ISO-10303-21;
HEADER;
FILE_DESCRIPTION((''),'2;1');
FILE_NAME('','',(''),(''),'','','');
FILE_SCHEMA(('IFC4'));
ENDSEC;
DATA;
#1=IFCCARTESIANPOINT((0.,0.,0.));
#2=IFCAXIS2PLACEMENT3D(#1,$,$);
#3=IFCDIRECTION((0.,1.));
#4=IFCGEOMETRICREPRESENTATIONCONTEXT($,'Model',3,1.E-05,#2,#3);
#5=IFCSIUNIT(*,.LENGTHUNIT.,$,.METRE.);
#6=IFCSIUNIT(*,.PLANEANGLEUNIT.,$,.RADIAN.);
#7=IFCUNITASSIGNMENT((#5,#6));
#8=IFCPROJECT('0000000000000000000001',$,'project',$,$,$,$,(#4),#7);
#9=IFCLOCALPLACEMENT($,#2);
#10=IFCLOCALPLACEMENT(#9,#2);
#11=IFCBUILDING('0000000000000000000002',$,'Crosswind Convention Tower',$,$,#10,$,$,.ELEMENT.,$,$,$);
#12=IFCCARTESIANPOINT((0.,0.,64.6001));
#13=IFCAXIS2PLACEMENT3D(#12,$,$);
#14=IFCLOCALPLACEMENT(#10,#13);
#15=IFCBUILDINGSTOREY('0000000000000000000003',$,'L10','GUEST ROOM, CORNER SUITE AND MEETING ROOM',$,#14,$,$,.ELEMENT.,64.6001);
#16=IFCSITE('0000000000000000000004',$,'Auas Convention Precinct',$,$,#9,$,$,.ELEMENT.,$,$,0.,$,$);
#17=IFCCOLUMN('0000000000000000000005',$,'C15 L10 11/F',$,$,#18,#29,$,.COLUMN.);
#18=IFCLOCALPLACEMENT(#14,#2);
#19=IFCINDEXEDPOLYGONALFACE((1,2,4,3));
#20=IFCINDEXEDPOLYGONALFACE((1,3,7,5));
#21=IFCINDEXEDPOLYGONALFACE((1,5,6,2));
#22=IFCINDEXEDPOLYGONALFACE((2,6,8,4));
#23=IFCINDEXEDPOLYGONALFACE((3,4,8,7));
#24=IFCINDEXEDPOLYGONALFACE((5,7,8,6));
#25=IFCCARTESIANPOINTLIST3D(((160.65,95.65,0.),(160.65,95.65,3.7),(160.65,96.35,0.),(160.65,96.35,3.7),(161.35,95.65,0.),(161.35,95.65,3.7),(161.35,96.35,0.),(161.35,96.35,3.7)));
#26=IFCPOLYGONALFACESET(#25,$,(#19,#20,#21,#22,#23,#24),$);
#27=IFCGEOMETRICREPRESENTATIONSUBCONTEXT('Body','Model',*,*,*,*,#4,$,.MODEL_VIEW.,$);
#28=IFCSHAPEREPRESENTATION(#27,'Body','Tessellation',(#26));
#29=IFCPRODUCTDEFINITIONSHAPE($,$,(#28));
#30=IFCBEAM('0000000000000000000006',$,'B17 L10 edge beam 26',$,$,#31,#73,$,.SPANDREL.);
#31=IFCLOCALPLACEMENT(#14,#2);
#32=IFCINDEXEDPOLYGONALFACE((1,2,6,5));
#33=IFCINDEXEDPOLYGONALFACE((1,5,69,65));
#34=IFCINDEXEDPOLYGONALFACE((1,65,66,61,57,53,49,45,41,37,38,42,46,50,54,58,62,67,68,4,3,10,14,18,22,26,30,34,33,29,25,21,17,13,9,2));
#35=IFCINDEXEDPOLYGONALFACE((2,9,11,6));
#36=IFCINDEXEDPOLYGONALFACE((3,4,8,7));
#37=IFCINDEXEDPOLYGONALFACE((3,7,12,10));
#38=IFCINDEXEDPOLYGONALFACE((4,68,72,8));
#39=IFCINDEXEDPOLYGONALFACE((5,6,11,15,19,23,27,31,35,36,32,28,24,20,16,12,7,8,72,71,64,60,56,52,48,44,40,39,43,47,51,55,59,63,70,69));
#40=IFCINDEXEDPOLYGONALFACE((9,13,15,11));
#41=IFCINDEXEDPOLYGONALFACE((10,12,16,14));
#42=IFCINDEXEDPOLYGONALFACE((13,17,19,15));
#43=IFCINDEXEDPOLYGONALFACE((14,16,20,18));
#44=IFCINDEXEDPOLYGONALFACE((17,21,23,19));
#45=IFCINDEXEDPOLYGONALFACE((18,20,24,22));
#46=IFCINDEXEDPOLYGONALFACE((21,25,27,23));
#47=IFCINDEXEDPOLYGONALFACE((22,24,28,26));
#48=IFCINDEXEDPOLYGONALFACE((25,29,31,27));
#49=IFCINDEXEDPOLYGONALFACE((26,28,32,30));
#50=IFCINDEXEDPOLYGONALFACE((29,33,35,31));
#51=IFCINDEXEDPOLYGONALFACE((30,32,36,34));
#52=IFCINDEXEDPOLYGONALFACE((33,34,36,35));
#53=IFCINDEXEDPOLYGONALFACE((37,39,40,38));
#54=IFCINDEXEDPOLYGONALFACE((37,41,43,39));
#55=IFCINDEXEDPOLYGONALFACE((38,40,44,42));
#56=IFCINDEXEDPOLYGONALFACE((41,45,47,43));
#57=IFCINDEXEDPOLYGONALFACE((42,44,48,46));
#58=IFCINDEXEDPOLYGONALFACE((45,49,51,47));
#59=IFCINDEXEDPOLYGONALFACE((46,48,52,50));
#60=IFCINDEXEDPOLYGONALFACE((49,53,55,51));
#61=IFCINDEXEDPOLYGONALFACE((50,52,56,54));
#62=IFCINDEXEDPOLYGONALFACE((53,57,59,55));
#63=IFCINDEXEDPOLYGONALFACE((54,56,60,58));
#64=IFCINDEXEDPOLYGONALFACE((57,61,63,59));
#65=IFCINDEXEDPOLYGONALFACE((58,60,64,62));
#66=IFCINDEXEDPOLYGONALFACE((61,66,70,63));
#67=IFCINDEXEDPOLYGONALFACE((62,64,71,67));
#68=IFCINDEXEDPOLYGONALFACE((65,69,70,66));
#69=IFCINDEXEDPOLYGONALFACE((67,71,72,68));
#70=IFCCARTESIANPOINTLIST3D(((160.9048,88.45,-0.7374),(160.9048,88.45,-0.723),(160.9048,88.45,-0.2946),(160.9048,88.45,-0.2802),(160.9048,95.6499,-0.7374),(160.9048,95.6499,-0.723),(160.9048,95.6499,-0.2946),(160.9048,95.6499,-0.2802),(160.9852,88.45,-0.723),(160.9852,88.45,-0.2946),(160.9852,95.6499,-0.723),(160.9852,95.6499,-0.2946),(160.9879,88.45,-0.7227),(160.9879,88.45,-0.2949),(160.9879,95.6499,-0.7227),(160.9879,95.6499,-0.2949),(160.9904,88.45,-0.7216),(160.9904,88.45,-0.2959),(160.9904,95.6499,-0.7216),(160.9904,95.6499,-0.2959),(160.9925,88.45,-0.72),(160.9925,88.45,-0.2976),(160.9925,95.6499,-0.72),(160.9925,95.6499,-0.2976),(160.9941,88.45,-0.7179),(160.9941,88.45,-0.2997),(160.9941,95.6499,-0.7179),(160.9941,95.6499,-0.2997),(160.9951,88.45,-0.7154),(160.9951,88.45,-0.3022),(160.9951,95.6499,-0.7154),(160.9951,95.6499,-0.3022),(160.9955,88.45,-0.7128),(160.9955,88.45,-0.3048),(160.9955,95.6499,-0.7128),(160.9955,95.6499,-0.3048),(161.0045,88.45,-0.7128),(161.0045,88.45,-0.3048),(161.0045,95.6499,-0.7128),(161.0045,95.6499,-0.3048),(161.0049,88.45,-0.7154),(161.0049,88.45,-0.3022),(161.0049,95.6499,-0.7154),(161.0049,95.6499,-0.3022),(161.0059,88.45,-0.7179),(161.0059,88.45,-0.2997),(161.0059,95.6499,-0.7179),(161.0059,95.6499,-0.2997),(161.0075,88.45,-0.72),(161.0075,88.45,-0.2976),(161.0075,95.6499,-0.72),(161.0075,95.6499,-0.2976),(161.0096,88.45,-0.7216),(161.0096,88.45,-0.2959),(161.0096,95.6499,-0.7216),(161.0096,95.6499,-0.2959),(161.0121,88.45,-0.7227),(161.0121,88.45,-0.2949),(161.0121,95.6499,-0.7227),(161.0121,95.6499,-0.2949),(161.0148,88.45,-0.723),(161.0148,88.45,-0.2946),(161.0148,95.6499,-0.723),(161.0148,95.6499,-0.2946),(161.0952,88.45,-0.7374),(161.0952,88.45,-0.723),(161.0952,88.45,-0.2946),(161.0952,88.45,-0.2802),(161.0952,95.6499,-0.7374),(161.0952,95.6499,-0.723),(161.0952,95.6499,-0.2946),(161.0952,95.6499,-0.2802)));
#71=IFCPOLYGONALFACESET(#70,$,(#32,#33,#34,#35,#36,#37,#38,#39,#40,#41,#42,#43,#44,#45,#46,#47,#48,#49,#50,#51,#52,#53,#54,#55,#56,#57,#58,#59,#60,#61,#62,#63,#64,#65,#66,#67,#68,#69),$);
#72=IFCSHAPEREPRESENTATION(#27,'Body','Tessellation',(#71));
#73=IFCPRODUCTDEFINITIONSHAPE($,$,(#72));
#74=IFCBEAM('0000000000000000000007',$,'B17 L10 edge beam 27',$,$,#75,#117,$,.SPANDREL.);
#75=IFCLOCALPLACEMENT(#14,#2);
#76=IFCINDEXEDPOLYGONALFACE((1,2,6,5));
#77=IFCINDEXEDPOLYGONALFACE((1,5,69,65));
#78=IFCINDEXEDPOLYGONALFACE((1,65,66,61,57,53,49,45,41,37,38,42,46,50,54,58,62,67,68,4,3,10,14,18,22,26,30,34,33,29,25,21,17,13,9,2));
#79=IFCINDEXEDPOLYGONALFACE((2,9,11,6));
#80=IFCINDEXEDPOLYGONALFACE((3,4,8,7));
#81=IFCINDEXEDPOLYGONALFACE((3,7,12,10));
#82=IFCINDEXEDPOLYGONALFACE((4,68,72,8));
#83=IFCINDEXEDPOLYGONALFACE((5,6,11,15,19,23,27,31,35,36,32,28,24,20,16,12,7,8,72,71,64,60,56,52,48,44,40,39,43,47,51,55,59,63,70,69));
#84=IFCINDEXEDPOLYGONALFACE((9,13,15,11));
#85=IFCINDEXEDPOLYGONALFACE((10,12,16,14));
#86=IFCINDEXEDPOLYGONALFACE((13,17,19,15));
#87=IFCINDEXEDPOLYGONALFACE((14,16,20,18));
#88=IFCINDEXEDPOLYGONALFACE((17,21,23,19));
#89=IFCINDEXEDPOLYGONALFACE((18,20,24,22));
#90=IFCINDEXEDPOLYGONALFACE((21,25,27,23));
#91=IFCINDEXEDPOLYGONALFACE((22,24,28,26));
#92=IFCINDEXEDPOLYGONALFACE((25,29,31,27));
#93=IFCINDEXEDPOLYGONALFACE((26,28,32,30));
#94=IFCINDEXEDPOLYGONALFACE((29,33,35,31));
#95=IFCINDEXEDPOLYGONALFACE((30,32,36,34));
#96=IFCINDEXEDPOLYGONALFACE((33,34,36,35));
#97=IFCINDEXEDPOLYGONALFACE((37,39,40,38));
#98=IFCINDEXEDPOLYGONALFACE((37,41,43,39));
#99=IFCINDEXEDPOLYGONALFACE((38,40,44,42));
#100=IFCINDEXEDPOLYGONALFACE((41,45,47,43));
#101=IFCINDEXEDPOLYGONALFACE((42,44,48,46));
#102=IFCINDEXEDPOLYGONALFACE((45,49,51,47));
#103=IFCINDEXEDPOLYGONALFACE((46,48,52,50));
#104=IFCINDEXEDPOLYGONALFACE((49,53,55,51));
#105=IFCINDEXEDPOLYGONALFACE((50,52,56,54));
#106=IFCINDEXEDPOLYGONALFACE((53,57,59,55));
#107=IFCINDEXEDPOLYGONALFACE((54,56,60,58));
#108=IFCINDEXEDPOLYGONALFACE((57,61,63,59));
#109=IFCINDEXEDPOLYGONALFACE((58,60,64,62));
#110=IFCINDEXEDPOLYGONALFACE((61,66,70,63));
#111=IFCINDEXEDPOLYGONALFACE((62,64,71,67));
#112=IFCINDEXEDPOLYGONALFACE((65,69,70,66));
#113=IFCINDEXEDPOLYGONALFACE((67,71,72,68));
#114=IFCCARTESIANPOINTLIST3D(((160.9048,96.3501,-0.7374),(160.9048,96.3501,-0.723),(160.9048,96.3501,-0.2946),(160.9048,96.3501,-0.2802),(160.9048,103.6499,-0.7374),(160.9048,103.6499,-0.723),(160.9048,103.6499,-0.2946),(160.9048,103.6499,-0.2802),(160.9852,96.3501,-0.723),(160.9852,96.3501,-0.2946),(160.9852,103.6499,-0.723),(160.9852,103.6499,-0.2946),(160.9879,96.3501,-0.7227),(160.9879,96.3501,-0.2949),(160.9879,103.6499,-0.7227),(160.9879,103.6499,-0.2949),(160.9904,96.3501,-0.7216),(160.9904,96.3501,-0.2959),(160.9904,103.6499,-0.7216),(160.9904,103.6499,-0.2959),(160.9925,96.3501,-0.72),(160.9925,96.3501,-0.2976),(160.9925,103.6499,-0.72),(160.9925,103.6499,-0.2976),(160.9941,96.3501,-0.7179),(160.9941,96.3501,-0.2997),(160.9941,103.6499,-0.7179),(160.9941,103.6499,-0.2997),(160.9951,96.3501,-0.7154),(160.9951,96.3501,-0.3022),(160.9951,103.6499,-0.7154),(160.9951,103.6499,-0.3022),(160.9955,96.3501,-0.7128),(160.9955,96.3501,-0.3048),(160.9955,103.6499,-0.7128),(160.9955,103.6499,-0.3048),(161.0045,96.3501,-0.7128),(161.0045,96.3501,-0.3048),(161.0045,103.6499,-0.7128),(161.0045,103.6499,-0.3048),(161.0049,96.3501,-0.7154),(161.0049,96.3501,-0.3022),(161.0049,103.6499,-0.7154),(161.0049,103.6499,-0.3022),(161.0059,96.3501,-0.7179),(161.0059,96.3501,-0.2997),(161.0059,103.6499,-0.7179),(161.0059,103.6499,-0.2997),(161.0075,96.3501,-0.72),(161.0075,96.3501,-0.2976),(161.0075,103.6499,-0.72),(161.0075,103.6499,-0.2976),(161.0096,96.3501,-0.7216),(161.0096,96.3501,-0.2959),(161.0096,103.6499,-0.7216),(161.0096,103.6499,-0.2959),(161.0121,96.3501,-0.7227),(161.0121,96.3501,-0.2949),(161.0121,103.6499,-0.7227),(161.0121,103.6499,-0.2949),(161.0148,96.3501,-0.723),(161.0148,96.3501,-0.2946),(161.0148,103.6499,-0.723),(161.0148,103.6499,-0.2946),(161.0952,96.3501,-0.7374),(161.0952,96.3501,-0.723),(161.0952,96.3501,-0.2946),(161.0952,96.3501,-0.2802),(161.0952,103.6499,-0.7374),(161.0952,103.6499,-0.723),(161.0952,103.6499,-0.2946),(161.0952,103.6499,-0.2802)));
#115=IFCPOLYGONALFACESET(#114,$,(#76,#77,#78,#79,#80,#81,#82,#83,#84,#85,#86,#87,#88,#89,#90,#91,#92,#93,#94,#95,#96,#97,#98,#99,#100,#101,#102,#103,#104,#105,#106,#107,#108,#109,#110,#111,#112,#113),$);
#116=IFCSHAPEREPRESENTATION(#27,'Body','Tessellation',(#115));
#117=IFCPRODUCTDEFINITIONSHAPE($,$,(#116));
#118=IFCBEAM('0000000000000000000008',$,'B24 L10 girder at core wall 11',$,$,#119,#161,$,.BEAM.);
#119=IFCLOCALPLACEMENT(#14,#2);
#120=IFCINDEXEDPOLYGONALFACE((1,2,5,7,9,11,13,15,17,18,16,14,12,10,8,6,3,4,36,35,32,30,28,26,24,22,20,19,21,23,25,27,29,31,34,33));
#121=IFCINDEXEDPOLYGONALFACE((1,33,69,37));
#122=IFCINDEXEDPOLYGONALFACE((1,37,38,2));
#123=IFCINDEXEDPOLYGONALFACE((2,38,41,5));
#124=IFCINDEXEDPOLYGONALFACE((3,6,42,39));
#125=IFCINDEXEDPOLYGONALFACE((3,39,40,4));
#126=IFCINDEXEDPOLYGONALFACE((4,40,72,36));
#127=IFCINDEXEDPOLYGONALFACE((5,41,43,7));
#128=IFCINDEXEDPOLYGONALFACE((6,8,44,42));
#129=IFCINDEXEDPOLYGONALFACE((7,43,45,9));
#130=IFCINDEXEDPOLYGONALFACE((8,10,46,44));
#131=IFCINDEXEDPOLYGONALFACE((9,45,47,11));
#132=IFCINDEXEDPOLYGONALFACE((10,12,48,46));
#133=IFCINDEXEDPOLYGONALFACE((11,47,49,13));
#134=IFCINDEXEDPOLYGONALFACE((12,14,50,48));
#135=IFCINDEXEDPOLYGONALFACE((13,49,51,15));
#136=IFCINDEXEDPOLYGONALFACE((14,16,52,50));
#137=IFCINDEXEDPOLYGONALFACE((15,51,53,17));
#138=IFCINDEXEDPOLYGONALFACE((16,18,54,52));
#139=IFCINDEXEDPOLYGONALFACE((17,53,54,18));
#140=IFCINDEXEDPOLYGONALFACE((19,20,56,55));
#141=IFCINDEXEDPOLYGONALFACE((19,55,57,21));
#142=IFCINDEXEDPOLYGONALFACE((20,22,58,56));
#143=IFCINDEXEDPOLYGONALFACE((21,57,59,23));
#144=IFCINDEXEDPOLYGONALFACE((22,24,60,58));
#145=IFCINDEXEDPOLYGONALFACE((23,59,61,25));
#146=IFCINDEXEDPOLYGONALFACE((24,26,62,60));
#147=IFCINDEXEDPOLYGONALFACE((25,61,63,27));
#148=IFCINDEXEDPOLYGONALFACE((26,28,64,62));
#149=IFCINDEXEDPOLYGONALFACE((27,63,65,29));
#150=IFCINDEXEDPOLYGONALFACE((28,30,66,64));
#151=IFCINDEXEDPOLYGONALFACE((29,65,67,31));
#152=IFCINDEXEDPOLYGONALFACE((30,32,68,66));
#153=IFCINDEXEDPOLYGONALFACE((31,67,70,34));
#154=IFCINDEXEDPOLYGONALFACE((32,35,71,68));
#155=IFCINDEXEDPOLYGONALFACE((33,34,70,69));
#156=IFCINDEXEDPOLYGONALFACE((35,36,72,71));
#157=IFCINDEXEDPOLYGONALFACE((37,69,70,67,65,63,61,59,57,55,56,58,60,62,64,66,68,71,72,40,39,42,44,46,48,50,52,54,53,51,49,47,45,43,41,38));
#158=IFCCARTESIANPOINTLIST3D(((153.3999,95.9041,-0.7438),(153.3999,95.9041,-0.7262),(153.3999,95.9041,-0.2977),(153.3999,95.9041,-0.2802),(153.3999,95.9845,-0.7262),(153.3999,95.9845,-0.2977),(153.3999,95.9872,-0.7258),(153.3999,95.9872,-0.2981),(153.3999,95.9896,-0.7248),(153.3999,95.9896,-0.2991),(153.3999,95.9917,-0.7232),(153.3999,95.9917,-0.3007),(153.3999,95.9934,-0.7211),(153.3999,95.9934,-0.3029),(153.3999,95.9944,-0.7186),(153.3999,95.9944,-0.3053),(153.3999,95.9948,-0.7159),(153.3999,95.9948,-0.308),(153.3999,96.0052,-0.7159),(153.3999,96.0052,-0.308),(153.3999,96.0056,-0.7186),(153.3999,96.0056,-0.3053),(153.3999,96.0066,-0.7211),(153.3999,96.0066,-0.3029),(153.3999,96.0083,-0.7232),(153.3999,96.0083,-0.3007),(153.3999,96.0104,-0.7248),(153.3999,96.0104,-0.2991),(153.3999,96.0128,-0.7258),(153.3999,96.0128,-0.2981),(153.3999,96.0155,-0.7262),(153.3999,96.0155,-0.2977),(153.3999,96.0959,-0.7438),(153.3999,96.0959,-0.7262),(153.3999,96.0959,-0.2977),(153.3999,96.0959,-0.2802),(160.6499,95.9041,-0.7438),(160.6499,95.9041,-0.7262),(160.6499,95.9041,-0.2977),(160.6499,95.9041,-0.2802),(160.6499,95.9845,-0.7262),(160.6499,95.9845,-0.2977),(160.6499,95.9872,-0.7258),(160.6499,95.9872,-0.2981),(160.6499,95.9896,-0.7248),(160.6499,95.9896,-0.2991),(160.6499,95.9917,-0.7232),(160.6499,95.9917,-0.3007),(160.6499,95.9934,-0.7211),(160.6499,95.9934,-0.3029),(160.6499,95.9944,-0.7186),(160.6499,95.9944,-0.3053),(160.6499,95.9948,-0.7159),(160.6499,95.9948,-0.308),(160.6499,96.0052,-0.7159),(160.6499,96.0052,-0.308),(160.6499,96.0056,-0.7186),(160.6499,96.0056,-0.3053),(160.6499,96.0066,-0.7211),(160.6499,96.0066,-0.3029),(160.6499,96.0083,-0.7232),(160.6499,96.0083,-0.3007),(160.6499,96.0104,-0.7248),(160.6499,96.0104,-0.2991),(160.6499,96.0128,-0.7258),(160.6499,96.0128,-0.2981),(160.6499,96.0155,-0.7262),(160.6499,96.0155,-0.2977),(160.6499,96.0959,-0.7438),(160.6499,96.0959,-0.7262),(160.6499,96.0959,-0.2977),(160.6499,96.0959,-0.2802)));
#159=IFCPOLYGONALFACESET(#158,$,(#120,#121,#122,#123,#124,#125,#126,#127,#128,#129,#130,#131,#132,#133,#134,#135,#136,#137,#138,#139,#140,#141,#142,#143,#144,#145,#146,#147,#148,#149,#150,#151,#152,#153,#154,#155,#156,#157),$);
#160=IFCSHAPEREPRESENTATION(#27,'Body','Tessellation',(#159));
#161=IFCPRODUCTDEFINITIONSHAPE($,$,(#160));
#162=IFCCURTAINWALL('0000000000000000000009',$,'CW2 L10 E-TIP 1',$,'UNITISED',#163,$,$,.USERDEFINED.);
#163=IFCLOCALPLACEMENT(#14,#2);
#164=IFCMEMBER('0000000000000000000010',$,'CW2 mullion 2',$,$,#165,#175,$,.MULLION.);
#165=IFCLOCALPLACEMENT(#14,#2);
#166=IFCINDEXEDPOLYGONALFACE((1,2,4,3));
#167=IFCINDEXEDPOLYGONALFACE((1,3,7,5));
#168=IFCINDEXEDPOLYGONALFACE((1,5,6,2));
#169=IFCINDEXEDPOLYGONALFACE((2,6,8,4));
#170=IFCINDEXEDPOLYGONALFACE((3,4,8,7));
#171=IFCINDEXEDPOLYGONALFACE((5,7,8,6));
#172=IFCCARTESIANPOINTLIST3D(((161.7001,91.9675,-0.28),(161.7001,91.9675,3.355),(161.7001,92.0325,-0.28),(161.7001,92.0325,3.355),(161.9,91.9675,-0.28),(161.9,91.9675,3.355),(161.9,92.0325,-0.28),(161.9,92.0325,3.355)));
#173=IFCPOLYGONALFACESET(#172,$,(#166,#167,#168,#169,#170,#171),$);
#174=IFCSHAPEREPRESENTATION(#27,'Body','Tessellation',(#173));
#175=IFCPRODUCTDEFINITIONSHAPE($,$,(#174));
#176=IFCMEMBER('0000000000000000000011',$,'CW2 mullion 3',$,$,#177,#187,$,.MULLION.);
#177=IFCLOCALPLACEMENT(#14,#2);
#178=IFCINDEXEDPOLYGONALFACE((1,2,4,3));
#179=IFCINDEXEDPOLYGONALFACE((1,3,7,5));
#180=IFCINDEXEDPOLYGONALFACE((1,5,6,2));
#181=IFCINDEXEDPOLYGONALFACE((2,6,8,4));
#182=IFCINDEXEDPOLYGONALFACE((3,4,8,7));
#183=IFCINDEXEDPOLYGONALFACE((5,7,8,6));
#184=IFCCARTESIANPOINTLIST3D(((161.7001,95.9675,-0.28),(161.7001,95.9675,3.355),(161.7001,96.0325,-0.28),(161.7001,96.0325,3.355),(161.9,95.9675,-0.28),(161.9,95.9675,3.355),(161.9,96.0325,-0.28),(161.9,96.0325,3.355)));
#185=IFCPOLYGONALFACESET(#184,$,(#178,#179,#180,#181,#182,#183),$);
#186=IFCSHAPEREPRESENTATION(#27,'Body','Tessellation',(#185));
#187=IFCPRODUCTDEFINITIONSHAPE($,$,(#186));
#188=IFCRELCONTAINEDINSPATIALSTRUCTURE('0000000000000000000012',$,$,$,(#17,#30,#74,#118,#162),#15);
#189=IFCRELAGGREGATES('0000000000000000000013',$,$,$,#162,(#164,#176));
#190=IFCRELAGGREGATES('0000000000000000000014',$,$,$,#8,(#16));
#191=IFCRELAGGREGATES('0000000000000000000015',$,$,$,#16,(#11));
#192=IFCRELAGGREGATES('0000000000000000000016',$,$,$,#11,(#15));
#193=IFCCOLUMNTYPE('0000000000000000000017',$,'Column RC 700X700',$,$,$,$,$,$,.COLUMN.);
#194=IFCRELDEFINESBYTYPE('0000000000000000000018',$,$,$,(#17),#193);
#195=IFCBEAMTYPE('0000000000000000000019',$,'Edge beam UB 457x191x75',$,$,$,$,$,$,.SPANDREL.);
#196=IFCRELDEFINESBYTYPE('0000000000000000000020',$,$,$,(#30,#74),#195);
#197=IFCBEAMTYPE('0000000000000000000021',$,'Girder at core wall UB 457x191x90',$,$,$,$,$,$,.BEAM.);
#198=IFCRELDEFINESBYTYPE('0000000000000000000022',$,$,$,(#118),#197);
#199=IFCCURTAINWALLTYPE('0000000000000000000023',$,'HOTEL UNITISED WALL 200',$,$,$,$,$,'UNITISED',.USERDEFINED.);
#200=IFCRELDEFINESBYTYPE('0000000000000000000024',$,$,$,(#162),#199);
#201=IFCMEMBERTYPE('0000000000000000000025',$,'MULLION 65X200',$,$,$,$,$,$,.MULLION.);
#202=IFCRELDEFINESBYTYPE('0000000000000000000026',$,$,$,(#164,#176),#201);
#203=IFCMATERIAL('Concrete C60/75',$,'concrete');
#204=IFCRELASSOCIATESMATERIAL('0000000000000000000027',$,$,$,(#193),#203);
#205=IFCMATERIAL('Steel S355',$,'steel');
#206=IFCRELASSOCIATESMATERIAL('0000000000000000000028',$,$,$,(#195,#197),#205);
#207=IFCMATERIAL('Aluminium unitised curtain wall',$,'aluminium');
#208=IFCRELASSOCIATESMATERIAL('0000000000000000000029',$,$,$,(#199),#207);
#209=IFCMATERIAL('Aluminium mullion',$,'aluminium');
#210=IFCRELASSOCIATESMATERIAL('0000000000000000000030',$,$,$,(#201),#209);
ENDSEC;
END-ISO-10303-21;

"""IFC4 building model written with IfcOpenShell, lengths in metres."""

from ifc_helpers import new_model, si_unit, direction, frame, origin, origin_2d, place, context, subcontext, project, spatial, rectangle, i_section, extrude, material, material_profile, profile_set, type_object, element, aggregate, save


model = new_model("IFC4")

# Units and contexts
model_context = context("Model", 3, precision=1e-05, world=origin(), true_north=direction((0.0, 1.0)))
body_context = subcontext(model_context, "Body", "Model", "MODEL_VIEW")
ifc_project = project(units=[si_unit("LENGTHUNIT", "METRE"), si_unit("PLANEANGLEUNIT", "RADIAN")], contexts=[model_context])

# Site, building, storey
site_placement = place(None, origin())
site = spatial("IfcSite", under=ifc_project, at=site_placement, Name="Auas Convention Precinct", CompositionType="ELEMENT", RefElevation=0.0)
building_placement = place(site_placement, origin())
building = spatial("IfcBuilding", under=site, at=building_placement, Name="Crosswind Convention Tower", CompositionType="ELEMENT")
storey_placement = place(building_placement, frame((0.0, 0.0, 64.6001)))
storey = spatial("IfcBuildingStorey", under=building, at=storey_placement, Name="L10", Description="GUEST ROOM, CORNER SUITE AND MEETING ROOM", CompositionType="ELEMENT", Elevation=64.6001)

# Column
ifc_material_1 = material(Name="Concrete C60/75", Category="concrete")
ifc_material_profile_1 = material_profile(ifc_material_1, rectangle(XDim=0.7, YDim=0.7, at=origin_2d()), Name="RC 700X700")
ifc_profile_set_1 = profile_set([ifc_material_profile_1], Name="Concrete C60/75")
column_type = type_object("IfcColumnType", Name="Column RC 700X700", PredefinedType="COLUMN", material=ifc_profile_set_1)
column_placement = place(storey_placement, frame((161.0, 96.0, 0.0), z_axis=(0.0, 0.0, 1.0), x_axis=(1.0, 0.0, 0.0)))
element("IfcColumn", 1, at=column_placement, inside=storey, type_object=column_type, Name="C15 L10 11/F", PredefinedType="COLUMN", context=body_context, shape_type="SweptSolid", body=[
    extrude(rectangle(XDim=0.7, YDim=0.7, at=origin_2d()), origin(), (0.0, 0.0, 1.0), 3.7),
])

# Beams
ifc_material_2 = material(Name="Steel S355", Category="steel")
ifc_material_profile_2 = material_profile(ifc_material_2, i_section(OverallWidth=0.1904, OverallDepth=0.4573, WebThickness=0.009, FlangeThickness=0.0144, FilletRadius=0.0103, at=origin_2d()), Name="UB 457x191x75")
ifc_profile_set_2 = profile_set([ifc_material_profile_2], Name="Steel S355")
beam_type_1 = type_object("IfcBeamType", Name="Edge beam UB 457x191x75", PredefinedType="SPANDREL", material=ifc_profile_set_2)
beam_1_placement = place(storey_placement, frame((161.0, 88.45, -0.5088), z_axis=(0.0, 1.0, 0.0), x_axis=(-1.0, 0.0, 0.0)))
element("IfcBeam", 2, at=beam_1_placement, inside=storey, type_object=beam_type_1, Name="B17 L10 edge beam 26", PredefinedType="SPANDREL", context=body_context, shape_type="SweptSolid", body=[
    extrude(i_section(OverallWidth=0.1904, OverallDepth=0.4573, WebThickness=0.009, FlangeThickness=0.0144, FilletRadius=0.0103, at=origin_2d()), origin(), (0.0, 0.0, 1.0), 7.2),
])
beam_2_placement = place(storey_placement, frame((161.0, 96.3501, -0.5088), z_axis=(0.0, 1.0, 0.0), x_axis=(-1.0, 0.0, 0.0)))
element("IfcBeam", 3, at=beam_2_placement, inside=storey, type_object=beam_type_1, Name="B17 L10 edge beam 27", PredefinedType="SPANDREL", context=body_context, shape_type="SweptSolid", body=[
    extrude(i_section(OverallWidth=0.1904, OverallDepth=0.4573, WebThickness=0.009, FlangeThickness=0.0144, FilletRadius=0.0103, at=origin_2d()), origin(), (0.0, 0.0, 1.0), 7.2998),
])
ifc_material_profile_3 = material_profile(ifc_material_2, i_section(OverallWidth=0.1919, OverallDepth=0.4636, WebThickness=0.0105, FlangeThickness=0.0176, FilletRadius=0.0103, at=origin_2d()), Name="UB 457x191x90")
ifc_profile_set_3 = profile_set([ifc_material_profile_3], Name="Steel S355")
beam_type_2 = type_object("IfcBeamType", Name="Girder at core wall UB 457x191x90", PredefinedType="BEAM", material=ifc_profile_set_3)
beam_3_placement = place(storey_placement, frame((153.3999, 96.0, -0.512), z_axis=(1.0, 0.0, 0.0), x_axis=(0.0, 1.0, 0.0)))
element("IfcBeam", 4, at=beam_3_placement, inside=storey, type_object=beam_type_2, Name="B24 L10 girder at core wall 11", PredefinedType="BEAM", context=body_context, shape_type="SweptSolid", body=[
    extrude(i_section(OverallWidth=0.1919, OverallDepth=0.4636, WebThickness=0.0105, FlangeThickness=0.0176, FilletRadius=0.0103, at=origin_2d()), origin(), (0.0, 0.0, 1.0), 7.25),
])

# Curtain wall, members
ifc_material_3 = material(Name="Aluminium unitised curtain wall", Category="aluminium")
curtain_wall_type = type_object("IfcCurtainWallType", Name="HOTEL UNITISED WALL 200", ElementType="UNITISED", PredefinedType="USERDEFINED", material=ifc_material_3)
curtain_wall_placement = place(storey_placement, origin())
curtain_wall = element("IfcCurtainWall", 5, at=curtain_wall_placement, inside=storey, type_object=curtain_wall_type, Name="CW2 L10 E-TIP 1", ObjectType="UNITISED", PredefinedType="USERDEFINED")
ifc_material_4 = material(Name="Aluminium mullion", Category="aluminium")
ifc_material_profile_4 = material_profile(ifc_material_4, rectangle(XDim=0.2, YDim=0.0649, at=origin_2d()), Name="AL 200X65")
ifc_profile_set_4 = profile_set([ifc_material_profile_4], Name="Aluminium mullion")
member_type = type_object("IfcMemberType", Name="MULLION 65X200", PredefinedType="MULLION", material=ifc_profile_set_4)
member_1_placement = place(storey_placement, frame((161.8, 92.0, -0.28), z_axis=(0.0, 0.0, 1.0), x_axis=(1.0, 0.0, 0.0)))
member_1 = element("IfcMember", 6, at=member_1_placement, type_object=member_type, Name="CW2 mullion 2", PredefinedType="MULLION", context=body_context, shape_type="SweptSolid", body=[
    extrude(rectangle(XDim=0.2, YDim=0.0649, at=origin_2d()), origin(), (0.0, 0.0, 1.0), 3.635),
])
member_2_placement = place(storey_placement, frame((161.8, 96.0, -0.28), z_axis=(0.0, 0.0, 1.0), x_axis=(1.0, 0.0, 0.0)))
member_2 = element("IfcMember", 7, at=member_2_placement, type_object=member_type, Name="CW2 mullion 3", PredefinedType="MULLION", context=body_context, shape_type="SweptSolid", body=[
    extrude(rectangle(XDim=0.2, YDim=0.0649, at=origin_2d()), origin(), (0.0, 0.0, 1.0), 3.635),
])
aggregate(curtain_wall, [member_1, member_2])

save(model, "model.ifc")
